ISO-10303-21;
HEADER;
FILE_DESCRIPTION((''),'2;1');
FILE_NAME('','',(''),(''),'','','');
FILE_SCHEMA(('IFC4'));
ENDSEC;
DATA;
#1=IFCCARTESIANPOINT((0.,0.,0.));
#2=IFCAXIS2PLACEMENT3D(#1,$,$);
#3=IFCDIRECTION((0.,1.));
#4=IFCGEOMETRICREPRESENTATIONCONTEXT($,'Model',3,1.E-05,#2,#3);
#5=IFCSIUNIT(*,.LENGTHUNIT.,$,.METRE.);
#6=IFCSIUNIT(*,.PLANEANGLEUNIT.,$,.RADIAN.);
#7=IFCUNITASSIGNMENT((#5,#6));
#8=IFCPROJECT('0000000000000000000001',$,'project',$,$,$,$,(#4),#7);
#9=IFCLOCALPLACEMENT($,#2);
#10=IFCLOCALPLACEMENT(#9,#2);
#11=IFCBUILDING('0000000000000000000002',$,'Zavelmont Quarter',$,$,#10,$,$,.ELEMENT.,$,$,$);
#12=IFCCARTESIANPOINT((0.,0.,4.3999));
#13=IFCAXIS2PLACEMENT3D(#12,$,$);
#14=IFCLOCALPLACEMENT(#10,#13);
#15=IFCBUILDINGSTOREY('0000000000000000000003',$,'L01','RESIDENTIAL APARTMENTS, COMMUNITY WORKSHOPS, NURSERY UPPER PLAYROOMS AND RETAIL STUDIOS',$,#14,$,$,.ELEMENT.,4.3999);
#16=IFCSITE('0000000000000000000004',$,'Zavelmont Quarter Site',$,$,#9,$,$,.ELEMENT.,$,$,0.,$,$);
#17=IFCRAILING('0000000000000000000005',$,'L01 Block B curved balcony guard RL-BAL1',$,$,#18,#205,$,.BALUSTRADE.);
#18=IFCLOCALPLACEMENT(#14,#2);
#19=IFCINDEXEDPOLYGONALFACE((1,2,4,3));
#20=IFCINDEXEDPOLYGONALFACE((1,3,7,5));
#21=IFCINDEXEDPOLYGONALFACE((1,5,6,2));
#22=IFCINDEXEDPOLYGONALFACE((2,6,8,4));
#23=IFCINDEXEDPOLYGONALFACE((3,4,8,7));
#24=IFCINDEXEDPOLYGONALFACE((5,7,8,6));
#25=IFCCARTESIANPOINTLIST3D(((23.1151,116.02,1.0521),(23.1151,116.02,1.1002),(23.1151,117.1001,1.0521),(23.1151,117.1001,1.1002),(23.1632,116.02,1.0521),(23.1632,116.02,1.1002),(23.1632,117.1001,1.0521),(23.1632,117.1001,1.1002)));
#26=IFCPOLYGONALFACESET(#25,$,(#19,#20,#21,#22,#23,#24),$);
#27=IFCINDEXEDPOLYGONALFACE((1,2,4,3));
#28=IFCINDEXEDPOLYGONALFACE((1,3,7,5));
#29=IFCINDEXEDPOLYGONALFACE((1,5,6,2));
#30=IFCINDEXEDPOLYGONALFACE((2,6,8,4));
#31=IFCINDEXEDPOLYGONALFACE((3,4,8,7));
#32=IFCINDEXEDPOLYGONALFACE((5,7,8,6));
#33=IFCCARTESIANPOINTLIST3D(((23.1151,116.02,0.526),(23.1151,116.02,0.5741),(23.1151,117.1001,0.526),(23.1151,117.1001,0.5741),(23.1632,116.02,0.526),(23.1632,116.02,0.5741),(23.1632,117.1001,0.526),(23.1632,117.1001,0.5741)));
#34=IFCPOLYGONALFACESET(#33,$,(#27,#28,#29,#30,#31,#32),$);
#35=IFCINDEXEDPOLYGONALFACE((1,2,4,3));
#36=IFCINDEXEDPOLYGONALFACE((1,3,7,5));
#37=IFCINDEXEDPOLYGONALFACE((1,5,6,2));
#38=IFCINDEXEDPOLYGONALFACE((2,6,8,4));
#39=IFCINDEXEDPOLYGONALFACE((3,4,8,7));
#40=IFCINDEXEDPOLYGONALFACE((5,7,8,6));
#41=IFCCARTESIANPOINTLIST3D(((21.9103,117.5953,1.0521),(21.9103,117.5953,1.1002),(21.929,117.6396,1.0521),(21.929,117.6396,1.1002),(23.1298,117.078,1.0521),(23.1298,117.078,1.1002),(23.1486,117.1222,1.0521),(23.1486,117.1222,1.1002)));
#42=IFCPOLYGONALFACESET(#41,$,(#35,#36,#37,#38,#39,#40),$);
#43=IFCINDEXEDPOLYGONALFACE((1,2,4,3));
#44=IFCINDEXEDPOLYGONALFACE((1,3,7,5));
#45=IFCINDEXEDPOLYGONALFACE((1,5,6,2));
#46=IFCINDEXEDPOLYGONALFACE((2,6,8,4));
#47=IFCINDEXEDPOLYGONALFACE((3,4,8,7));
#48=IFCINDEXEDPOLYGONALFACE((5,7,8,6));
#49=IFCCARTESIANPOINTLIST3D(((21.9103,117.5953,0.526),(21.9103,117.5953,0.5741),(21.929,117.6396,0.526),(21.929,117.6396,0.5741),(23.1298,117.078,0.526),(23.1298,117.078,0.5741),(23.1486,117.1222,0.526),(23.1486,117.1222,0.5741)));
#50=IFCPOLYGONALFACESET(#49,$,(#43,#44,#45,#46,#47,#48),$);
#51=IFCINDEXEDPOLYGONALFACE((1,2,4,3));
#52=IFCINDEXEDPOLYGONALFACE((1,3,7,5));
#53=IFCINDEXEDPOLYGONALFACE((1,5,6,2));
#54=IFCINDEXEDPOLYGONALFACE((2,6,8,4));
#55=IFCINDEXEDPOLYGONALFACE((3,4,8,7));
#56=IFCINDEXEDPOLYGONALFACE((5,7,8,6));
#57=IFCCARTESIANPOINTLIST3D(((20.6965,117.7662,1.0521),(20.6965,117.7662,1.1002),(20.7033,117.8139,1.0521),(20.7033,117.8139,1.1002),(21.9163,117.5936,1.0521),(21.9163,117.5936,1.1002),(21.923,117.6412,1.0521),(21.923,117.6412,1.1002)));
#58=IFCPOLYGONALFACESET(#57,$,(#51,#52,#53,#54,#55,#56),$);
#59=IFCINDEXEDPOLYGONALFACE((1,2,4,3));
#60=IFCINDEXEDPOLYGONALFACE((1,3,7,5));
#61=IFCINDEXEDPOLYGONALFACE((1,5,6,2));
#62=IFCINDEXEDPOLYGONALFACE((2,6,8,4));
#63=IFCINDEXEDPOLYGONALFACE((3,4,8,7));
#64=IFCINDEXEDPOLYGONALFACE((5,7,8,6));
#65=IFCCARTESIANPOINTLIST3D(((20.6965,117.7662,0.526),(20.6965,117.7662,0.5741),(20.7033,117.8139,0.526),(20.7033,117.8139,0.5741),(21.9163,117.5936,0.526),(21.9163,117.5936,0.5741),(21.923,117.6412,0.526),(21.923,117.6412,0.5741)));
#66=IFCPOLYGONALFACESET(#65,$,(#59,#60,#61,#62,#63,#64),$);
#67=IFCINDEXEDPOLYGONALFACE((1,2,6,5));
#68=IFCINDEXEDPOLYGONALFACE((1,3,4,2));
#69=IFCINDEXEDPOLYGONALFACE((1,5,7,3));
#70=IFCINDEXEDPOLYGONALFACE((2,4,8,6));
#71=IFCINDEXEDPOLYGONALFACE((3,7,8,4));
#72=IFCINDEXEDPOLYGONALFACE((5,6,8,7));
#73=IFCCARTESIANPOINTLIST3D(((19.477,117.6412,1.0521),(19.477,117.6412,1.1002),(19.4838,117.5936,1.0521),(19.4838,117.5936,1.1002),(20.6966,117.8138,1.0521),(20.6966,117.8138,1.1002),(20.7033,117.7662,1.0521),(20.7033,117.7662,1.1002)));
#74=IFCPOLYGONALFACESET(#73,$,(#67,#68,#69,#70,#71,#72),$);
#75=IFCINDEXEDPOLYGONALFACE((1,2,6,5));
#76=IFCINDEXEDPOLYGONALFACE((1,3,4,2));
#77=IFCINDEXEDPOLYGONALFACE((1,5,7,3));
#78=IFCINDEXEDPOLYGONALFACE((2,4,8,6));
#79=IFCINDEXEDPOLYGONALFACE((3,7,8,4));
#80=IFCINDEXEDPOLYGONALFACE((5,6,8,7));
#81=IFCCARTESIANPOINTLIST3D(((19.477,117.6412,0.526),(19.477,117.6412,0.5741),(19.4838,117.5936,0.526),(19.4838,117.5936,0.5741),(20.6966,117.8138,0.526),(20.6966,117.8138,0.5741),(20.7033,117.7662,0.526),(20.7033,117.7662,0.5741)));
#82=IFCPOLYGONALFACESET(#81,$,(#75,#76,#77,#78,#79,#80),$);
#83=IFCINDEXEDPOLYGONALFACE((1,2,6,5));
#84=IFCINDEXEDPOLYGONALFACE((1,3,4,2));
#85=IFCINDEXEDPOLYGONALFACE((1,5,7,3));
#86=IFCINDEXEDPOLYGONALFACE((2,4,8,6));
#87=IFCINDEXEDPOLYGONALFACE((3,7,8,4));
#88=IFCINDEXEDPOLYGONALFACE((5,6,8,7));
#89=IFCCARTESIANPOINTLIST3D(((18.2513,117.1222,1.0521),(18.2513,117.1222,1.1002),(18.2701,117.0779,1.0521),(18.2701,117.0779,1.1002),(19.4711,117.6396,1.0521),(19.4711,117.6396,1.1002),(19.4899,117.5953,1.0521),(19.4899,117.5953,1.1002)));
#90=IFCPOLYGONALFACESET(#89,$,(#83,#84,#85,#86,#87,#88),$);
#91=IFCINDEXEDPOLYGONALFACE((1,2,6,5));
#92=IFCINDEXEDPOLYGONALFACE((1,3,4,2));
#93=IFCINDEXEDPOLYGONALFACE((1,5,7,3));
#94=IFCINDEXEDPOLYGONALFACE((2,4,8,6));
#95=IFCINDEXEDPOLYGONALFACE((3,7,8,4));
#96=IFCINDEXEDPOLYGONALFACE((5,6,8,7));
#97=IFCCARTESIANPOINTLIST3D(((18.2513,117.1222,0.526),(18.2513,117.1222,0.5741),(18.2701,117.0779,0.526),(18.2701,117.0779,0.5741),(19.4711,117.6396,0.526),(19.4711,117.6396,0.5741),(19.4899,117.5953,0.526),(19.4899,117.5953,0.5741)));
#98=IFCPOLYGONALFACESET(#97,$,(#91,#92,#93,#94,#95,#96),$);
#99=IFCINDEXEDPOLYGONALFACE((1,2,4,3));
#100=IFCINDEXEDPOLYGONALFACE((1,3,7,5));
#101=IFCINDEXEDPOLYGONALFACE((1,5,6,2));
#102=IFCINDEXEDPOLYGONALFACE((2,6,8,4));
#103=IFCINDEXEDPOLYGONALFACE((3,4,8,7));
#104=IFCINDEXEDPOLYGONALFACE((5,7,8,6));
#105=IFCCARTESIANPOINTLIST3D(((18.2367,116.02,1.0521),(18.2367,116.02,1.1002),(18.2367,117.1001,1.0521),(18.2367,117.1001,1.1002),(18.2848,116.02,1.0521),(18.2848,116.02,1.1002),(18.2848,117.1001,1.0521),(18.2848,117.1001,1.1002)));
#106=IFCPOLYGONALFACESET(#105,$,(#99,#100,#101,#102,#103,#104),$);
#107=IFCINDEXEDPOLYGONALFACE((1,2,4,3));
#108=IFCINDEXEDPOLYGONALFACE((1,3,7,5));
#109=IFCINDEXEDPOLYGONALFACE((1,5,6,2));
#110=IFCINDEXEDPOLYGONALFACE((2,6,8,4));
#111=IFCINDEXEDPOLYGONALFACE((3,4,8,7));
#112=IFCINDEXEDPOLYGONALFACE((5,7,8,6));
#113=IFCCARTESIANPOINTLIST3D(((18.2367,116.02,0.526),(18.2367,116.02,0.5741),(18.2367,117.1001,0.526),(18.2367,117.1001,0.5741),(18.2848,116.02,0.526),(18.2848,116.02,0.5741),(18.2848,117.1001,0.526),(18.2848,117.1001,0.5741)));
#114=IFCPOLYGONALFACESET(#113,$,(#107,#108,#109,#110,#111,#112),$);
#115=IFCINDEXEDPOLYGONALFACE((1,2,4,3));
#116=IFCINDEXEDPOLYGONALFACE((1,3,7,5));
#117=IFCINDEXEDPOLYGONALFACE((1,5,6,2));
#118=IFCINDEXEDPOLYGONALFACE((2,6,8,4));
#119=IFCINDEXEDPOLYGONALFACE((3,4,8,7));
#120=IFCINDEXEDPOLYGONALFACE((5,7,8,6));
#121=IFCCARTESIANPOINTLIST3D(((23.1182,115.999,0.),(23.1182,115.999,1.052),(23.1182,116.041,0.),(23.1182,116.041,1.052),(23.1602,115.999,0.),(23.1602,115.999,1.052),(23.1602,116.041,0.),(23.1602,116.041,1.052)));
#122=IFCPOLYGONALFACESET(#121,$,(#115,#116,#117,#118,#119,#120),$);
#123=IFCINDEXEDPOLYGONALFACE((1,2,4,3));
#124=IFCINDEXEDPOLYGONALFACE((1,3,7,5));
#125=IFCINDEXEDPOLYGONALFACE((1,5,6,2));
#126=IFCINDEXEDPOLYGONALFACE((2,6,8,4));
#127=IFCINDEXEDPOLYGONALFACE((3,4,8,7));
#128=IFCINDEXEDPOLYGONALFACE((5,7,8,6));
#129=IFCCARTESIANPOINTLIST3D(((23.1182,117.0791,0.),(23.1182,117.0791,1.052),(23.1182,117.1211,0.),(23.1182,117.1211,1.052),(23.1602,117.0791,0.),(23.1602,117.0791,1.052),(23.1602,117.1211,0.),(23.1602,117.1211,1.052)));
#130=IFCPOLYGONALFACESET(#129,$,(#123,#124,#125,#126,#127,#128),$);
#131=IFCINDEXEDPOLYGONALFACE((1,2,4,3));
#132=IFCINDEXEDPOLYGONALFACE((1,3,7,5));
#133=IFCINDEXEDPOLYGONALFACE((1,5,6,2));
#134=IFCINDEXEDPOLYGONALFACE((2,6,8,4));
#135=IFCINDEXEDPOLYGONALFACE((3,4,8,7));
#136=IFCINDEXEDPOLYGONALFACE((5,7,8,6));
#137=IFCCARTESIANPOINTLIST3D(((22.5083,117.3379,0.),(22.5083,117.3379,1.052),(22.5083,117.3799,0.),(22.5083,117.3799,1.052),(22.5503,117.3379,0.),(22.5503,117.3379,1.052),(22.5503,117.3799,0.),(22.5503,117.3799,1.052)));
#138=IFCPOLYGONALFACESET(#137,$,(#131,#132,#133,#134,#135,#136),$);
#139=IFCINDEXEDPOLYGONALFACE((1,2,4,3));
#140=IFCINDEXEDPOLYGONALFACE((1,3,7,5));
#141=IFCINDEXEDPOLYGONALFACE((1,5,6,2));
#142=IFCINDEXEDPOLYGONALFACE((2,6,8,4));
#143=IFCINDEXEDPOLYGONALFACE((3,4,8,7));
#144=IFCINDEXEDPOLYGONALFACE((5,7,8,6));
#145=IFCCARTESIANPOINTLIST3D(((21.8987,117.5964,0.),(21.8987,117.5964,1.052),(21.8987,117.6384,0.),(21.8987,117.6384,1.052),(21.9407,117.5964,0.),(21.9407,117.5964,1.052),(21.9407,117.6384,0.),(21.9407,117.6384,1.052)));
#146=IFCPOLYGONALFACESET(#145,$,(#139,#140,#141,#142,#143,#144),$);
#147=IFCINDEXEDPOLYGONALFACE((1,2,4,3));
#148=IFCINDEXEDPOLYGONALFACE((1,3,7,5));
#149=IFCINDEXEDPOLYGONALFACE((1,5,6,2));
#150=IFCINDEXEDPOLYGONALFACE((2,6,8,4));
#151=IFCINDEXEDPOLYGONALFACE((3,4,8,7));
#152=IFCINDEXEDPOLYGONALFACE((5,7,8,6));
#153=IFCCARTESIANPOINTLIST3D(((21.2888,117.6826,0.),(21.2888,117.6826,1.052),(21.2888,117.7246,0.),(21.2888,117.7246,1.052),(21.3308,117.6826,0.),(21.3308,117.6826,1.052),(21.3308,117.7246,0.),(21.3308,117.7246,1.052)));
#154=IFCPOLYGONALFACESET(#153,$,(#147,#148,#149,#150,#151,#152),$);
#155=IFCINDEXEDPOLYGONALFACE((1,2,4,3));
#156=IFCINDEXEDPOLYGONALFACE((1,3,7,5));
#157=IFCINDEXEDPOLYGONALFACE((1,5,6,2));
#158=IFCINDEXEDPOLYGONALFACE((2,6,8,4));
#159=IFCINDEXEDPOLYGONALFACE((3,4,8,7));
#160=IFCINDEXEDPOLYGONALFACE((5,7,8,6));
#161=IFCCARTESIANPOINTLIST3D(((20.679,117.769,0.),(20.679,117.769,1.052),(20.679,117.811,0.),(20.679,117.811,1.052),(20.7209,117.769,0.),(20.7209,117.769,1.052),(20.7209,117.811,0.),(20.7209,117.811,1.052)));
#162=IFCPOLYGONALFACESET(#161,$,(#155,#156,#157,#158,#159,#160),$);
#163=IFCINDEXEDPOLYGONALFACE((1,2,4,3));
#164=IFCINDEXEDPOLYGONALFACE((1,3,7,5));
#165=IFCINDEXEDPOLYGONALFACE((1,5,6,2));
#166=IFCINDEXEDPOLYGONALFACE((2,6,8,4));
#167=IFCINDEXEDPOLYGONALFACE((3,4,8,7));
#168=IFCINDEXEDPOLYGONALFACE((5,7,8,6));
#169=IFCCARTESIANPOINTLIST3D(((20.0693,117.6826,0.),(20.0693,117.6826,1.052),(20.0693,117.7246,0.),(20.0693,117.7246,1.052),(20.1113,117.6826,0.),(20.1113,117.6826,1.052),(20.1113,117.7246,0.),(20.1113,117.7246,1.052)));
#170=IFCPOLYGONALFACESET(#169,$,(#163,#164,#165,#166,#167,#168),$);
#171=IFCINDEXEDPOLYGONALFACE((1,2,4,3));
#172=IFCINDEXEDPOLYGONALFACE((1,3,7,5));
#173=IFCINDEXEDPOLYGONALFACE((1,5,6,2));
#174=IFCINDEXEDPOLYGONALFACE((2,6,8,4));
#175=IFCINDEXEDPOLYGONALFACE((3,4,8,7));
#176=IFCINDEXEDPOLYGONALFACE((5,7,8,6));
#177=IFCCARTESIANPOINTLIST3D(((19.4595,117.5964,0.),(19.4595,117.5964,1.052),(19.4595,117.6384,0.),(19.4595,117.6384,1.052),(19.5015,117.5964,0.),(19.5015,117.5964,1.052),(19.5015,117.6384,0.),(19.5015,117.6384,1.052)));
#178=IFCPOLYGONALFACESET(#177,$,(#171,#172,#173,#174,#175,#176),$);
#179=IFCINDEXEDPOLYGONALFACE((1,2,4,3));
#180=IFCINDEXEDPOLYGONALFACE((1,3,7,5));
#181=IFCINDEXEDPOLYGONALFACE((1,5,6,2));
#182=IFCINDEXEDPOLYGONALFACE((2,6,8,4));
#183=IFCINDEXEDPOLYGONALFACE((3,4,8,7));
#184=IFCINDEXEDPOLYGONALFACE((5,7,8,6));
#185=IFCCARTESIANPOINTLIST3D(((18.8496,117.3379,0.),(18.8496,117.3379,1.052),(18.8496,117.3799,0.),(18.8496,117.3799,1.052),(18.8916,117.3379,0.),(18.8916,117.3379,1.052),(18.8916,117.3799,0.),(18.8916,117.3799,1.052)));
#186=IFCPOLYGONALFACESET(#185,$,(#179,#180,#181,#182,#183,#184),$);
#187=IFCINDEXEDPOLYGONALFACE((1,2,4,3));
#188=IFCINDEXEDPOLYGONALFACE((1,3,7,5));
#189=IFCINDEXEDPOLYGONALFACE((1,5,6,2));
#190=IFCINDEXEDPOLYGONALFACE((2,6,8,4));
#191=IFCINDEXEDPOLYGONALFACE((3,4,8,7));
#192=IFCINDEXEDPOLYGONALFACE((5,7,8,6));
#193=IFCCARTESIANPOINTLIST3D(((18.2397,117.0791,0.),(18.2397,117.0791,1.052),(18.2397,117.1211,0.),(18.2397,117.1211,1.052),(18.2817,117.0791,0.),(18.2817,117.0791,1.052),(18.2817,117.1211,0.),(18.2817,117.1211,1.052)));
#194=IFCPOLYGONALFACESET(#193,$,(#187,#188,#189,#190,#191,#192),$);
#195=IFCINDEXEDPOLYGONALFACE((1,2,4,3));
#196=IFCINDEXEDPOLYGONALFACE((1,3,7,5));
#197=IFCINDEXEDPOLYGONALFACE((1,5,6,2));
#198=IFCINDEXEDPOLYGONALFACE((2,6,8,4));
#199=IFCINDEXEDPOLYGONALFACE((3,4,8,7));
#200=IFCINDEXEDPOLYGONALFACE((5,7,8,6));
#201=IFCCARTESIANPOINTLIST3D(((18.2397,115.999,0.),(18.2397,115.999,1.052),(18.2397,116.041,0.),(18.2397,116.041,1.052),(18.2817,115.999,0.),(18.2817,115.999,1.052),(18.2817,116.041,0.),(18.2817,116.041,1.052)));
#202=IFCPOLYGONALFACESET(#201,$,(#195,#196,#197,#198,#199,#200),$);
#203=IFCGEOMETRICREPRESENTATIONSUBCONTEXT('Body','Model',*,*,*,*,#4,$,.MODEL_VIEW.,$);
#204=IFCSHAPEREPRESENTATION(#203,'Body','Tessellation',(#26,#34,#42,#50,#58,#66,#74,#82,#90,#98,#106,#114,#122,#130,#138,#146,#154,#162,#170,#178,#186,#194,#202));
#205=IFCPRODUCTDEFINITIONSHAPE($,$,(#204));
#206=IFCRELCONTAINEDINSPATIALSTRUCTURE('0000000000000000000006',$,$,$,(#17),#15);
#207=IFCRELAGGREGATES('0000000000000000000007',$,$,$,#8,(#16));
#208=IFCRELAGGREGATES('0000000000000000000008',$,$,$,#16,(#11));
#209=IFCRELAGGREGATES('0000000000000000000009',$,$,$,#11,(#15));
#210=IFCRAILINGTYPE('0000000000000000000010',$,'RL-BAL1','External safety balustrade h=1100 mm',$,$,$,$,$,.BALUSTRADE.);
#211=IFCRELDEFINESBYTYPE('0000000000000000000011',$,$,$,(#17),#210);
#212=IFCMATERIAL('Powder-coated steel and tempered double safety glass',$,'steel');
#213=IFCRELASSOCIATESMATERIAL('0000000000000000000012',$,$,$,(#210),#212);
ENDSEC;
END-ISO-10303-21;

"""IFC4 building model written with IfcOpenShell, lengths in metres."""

from ifc_helpers import new_model, si_unit, direction, frame, origin, origin_2d, place, context, subcontext, project, spatial, rectangle, extrude, material, type_object, element, save


model = new_model("IFC4")

# Units and contexts
model_context = context("Model", 3, precision=1e-05, world=origin(), true_north=direction((0.0, 1.0)))
body_context = subcontext(model_context, "Body", "Model", "MODEL_VIEW")
ifc_project = project(units=[si_unit("LENGTHUNIT", "METRE"), si_unit("PLANEANGLEUNIT", "RADIAN")], contexts=[model_context])

# Site, building, storey
site_placement = place(None, origin())
site = spatial("IfcSite", under=ifc_project, at=site_placement, Name="Zavelmont Quarter Site", CompositionType="ELEMENT", RefElevation=0.0)
building_placement = place(site_placement, origin())
building = spatial("IfcBuilding", under=site, at=building_placement, Name="Zavelmont Quarter", CompositionType="ELEMENT")
storey_placement = place(building_placement, frame((0.0, 0.0, 4.3999)))
storey = spatial("IfcBuildingStorey", under=building, at=storey_placement, Name="L01", Description="RESIDENTIAL APARTMENTS, COMMUNITY WORKSHOPS, NURSERY UPPER PLAYROOMS AND RETAIL STUDIOS", CompositionType="ELEMENT", Elevation=4.3999)

# Railing
ifc_material_1 = material(Name="Powder-coated steel and tempered double safety glass", Category="steel")
railing_type = type_object("IfcRailingType", Name="RL-BAL1", Description="External safety balustrade h=1100 mm", PredefinedType="BALUSTRADE", material=ifc_material_1)
railing_placement = place(storey_placement, frame((23.1392, 116.02, 0.0)))
element("IfcRailing", 1, at=railing_placement, inside=storey, type_object=railing_type, Name="L01 Block B curved balcony guard RL-BAL1", PredefinedType="BALUSTRADE", context=body_context, shape_type="SweptSolid", body=[
    extrude(rectangle(XDim=0.0481, YDim=0.0481, at=origin_2d()), frame((0.0, 0.0, 1.0762), z_axis=(0.0, 1.0, 0.0), x_axis=(-1.0, 0.0, 0.0)), (0.0, 0.0, 1.0), 1.0801),
    extrude(rectangle(XDim=0.0481, YDim=0.0481, at=origin_2d()), frame((0.0, 0.0, 0.55), z_axis=(0.0, 1.0, 0.0), x_axis=(-1.0, 0.0, 0.0)), (0.0, 0.0, 1.0), 1.0801),
    extrude(rectangle(XDim=0.0481, YDim=0.0481, at=origin_2d()), frame((0.0, 1.0801, 1.0762), z_axis=(-0.920588, 0.390536, 0.0), x_axis=(-0.390536, -0.920588, 0.0)), (0.0, 0.0, 1.0), 1.3247),
    extrude(rectangle(XDim=0.0481, YDim=0.0481, at=origin_2d()), frame((0.0, 1.0801, 0.55), z_axis=(-0.920588, 0.390536, 0.0), x_axis=(-0.390536, -0.920588, 0.0)), (0.0, 0.0, 1.0), 1.3247),
    extrude(rectangle(XDim=0.0481, YDim=0.0481, at=origin_2d()), frame((-1.2195, 1.5974, 1.0762), z_axis=(-0.990135, 0.140117, 0.0), x_axis=(-0.140117, -0.990135, 0.0)), (0.0, 0.0, 1.0), 1.2319),
    extrude(rectangle(XDim=0.0481, YDim=0.0481, at=origin_2d()), frame((-1.2195, 1.5974, 0.55), z_axis=(-0.990135, 0.140117, 0.0), x_axis=(-0.140117, -0.990135, 0.0)), (0.0, 0.0, 1.0), 1.2319),
    extrude(rectangle(XDim=0.0481, YDim=0.0481, at=origin_2d()), frame((-2.4392, 1.77, 1.0762), z_axis=(-0.990131, -0.140145, 0.0), x_axis=(0.140145, -0.990131, 0.0)), (0.0, 0.0, 1.0), 1.2317),
    extrude(rectangle(XDim=0.0481, YDim=0.0481, at=origin_2d()), frame((-2.4392, 1.77, 0.55), z_axis=(-0.990131, -0.140145, 0.0), x_axis=(0.140145, -0.990131, 0.0)), (0.0, 0.0, 1.0), 1.2317),
    extrude(rectangle(XDim=0.0481, YDim=0.0481, at=origin_2d()), frame((-3.6587, 1.5974, 1.0762), z_axis=(-0.920616, -0.390469, 0.0), x_axis=(0.390469, -0.920616, 0.0)), (0.0, 0.0, 1.0), 1.325),
    extrude(rectangle(XDim=0.0481, YDim=0.0481, at=origin_2d()), frame((-3.6587, 1.5974, 0.55), z_axis=(-0.920616, -0.390469, 0.0), x_axis=(0.390469, -0.920616, 0.0)), (0.0, 0.0, 1.0), 1.325),
    extrude(rectangle(XDim=0.0481, YDim=0.0481, at=origin_2d()), frame((-4.8784, 1.0801, 1.0762), z_axis=(0.0, -1.0, 0.0), x_axis=(1.0, 0.0, 0.0)), (0.0, 0.0, 1.0), 1.0801),
    extrude(rectangle(XDim=0.0481, YDim=0.0481, at=origin_2d()), frame((-4.8784, 1.0801, 0.55), z_axis=(0.0, -1.0, 0.0), x_axis=(1.0, 0.0, 0.0)), (0.0, 0.0, 1.0), 1.0801),
    extrude(rectangle(XDim=0.042, YDim=0.042, at=origin_2d()), origin(), (0.0, 0.0, 1.0), 1.052),
    extrude(rectangle(XDim=0.042, YDim=0.042, at=origin_2d()), frame((0.0, 1.0801, 0.0)), (0.0, 0.0, 1.0), 1.052),
    extrude(rectangle(XDim=0.042, YDim=0.042, at=origin_2d()), frame((-0.6099, 1.3389, 0.0)), (0.0, 0.0, 1.0), 1.052),
    extrude(rectangle(XDim=0.042, YDim=0.042, at=origin_2d()), frame((-1.2195, 1.5974, 0.0)), (0.0, 0.0, 1.0), 1.052),
    extrude(rectangle(XDim=0.042, YDim=0.042, at=origin_2d()), frame((-1.8293, 1.6836, 0.0)), (0.0, 0.0, 1.0), 1.052),
    extrude(rectangle(XDim=0.042, YDim=0.042, at=origin_2d()), frame((-2.4392, 1.77, 0.0)), (0.0, 0.0, 1.0), 1.052),
    extrude(rectangle(XDim=0.042, YDim=0.042, at=origin_2d()), frame((-3.0488, 1.6836, 0.0)), (0.0, 0.0, 1.0), 1.052),
    extrude(rectangle(XDim=0.042, YDim=0.042, at=origin_2d()), frame((-3.6587, 1.5974, 0.0)), (0.0, 0.0, 1.0), 1.052),
    extrude(rectangle(XDim=0.042, YDim=0.042, at=origin_2d()), frame((-4.2686, 1.3389, 0.0)), (0.0, 0.0, 1.0), 1.052),
    extrude(rectangle(XDim=0.042, YDim=0.042, at=origin_2d()), frame((-4.8784, 1.0801, 0.0)), (0.0, 0.0, 1.0), 1.052),
    extrude(rectangle(XDim=0.042, YDim=0.042, at=origin_2d()), frame((-4.8784, 0.0, 0.0)), (0.0, 0.0, 1.0), 1.052),
])

save(model, "model.ifc")
